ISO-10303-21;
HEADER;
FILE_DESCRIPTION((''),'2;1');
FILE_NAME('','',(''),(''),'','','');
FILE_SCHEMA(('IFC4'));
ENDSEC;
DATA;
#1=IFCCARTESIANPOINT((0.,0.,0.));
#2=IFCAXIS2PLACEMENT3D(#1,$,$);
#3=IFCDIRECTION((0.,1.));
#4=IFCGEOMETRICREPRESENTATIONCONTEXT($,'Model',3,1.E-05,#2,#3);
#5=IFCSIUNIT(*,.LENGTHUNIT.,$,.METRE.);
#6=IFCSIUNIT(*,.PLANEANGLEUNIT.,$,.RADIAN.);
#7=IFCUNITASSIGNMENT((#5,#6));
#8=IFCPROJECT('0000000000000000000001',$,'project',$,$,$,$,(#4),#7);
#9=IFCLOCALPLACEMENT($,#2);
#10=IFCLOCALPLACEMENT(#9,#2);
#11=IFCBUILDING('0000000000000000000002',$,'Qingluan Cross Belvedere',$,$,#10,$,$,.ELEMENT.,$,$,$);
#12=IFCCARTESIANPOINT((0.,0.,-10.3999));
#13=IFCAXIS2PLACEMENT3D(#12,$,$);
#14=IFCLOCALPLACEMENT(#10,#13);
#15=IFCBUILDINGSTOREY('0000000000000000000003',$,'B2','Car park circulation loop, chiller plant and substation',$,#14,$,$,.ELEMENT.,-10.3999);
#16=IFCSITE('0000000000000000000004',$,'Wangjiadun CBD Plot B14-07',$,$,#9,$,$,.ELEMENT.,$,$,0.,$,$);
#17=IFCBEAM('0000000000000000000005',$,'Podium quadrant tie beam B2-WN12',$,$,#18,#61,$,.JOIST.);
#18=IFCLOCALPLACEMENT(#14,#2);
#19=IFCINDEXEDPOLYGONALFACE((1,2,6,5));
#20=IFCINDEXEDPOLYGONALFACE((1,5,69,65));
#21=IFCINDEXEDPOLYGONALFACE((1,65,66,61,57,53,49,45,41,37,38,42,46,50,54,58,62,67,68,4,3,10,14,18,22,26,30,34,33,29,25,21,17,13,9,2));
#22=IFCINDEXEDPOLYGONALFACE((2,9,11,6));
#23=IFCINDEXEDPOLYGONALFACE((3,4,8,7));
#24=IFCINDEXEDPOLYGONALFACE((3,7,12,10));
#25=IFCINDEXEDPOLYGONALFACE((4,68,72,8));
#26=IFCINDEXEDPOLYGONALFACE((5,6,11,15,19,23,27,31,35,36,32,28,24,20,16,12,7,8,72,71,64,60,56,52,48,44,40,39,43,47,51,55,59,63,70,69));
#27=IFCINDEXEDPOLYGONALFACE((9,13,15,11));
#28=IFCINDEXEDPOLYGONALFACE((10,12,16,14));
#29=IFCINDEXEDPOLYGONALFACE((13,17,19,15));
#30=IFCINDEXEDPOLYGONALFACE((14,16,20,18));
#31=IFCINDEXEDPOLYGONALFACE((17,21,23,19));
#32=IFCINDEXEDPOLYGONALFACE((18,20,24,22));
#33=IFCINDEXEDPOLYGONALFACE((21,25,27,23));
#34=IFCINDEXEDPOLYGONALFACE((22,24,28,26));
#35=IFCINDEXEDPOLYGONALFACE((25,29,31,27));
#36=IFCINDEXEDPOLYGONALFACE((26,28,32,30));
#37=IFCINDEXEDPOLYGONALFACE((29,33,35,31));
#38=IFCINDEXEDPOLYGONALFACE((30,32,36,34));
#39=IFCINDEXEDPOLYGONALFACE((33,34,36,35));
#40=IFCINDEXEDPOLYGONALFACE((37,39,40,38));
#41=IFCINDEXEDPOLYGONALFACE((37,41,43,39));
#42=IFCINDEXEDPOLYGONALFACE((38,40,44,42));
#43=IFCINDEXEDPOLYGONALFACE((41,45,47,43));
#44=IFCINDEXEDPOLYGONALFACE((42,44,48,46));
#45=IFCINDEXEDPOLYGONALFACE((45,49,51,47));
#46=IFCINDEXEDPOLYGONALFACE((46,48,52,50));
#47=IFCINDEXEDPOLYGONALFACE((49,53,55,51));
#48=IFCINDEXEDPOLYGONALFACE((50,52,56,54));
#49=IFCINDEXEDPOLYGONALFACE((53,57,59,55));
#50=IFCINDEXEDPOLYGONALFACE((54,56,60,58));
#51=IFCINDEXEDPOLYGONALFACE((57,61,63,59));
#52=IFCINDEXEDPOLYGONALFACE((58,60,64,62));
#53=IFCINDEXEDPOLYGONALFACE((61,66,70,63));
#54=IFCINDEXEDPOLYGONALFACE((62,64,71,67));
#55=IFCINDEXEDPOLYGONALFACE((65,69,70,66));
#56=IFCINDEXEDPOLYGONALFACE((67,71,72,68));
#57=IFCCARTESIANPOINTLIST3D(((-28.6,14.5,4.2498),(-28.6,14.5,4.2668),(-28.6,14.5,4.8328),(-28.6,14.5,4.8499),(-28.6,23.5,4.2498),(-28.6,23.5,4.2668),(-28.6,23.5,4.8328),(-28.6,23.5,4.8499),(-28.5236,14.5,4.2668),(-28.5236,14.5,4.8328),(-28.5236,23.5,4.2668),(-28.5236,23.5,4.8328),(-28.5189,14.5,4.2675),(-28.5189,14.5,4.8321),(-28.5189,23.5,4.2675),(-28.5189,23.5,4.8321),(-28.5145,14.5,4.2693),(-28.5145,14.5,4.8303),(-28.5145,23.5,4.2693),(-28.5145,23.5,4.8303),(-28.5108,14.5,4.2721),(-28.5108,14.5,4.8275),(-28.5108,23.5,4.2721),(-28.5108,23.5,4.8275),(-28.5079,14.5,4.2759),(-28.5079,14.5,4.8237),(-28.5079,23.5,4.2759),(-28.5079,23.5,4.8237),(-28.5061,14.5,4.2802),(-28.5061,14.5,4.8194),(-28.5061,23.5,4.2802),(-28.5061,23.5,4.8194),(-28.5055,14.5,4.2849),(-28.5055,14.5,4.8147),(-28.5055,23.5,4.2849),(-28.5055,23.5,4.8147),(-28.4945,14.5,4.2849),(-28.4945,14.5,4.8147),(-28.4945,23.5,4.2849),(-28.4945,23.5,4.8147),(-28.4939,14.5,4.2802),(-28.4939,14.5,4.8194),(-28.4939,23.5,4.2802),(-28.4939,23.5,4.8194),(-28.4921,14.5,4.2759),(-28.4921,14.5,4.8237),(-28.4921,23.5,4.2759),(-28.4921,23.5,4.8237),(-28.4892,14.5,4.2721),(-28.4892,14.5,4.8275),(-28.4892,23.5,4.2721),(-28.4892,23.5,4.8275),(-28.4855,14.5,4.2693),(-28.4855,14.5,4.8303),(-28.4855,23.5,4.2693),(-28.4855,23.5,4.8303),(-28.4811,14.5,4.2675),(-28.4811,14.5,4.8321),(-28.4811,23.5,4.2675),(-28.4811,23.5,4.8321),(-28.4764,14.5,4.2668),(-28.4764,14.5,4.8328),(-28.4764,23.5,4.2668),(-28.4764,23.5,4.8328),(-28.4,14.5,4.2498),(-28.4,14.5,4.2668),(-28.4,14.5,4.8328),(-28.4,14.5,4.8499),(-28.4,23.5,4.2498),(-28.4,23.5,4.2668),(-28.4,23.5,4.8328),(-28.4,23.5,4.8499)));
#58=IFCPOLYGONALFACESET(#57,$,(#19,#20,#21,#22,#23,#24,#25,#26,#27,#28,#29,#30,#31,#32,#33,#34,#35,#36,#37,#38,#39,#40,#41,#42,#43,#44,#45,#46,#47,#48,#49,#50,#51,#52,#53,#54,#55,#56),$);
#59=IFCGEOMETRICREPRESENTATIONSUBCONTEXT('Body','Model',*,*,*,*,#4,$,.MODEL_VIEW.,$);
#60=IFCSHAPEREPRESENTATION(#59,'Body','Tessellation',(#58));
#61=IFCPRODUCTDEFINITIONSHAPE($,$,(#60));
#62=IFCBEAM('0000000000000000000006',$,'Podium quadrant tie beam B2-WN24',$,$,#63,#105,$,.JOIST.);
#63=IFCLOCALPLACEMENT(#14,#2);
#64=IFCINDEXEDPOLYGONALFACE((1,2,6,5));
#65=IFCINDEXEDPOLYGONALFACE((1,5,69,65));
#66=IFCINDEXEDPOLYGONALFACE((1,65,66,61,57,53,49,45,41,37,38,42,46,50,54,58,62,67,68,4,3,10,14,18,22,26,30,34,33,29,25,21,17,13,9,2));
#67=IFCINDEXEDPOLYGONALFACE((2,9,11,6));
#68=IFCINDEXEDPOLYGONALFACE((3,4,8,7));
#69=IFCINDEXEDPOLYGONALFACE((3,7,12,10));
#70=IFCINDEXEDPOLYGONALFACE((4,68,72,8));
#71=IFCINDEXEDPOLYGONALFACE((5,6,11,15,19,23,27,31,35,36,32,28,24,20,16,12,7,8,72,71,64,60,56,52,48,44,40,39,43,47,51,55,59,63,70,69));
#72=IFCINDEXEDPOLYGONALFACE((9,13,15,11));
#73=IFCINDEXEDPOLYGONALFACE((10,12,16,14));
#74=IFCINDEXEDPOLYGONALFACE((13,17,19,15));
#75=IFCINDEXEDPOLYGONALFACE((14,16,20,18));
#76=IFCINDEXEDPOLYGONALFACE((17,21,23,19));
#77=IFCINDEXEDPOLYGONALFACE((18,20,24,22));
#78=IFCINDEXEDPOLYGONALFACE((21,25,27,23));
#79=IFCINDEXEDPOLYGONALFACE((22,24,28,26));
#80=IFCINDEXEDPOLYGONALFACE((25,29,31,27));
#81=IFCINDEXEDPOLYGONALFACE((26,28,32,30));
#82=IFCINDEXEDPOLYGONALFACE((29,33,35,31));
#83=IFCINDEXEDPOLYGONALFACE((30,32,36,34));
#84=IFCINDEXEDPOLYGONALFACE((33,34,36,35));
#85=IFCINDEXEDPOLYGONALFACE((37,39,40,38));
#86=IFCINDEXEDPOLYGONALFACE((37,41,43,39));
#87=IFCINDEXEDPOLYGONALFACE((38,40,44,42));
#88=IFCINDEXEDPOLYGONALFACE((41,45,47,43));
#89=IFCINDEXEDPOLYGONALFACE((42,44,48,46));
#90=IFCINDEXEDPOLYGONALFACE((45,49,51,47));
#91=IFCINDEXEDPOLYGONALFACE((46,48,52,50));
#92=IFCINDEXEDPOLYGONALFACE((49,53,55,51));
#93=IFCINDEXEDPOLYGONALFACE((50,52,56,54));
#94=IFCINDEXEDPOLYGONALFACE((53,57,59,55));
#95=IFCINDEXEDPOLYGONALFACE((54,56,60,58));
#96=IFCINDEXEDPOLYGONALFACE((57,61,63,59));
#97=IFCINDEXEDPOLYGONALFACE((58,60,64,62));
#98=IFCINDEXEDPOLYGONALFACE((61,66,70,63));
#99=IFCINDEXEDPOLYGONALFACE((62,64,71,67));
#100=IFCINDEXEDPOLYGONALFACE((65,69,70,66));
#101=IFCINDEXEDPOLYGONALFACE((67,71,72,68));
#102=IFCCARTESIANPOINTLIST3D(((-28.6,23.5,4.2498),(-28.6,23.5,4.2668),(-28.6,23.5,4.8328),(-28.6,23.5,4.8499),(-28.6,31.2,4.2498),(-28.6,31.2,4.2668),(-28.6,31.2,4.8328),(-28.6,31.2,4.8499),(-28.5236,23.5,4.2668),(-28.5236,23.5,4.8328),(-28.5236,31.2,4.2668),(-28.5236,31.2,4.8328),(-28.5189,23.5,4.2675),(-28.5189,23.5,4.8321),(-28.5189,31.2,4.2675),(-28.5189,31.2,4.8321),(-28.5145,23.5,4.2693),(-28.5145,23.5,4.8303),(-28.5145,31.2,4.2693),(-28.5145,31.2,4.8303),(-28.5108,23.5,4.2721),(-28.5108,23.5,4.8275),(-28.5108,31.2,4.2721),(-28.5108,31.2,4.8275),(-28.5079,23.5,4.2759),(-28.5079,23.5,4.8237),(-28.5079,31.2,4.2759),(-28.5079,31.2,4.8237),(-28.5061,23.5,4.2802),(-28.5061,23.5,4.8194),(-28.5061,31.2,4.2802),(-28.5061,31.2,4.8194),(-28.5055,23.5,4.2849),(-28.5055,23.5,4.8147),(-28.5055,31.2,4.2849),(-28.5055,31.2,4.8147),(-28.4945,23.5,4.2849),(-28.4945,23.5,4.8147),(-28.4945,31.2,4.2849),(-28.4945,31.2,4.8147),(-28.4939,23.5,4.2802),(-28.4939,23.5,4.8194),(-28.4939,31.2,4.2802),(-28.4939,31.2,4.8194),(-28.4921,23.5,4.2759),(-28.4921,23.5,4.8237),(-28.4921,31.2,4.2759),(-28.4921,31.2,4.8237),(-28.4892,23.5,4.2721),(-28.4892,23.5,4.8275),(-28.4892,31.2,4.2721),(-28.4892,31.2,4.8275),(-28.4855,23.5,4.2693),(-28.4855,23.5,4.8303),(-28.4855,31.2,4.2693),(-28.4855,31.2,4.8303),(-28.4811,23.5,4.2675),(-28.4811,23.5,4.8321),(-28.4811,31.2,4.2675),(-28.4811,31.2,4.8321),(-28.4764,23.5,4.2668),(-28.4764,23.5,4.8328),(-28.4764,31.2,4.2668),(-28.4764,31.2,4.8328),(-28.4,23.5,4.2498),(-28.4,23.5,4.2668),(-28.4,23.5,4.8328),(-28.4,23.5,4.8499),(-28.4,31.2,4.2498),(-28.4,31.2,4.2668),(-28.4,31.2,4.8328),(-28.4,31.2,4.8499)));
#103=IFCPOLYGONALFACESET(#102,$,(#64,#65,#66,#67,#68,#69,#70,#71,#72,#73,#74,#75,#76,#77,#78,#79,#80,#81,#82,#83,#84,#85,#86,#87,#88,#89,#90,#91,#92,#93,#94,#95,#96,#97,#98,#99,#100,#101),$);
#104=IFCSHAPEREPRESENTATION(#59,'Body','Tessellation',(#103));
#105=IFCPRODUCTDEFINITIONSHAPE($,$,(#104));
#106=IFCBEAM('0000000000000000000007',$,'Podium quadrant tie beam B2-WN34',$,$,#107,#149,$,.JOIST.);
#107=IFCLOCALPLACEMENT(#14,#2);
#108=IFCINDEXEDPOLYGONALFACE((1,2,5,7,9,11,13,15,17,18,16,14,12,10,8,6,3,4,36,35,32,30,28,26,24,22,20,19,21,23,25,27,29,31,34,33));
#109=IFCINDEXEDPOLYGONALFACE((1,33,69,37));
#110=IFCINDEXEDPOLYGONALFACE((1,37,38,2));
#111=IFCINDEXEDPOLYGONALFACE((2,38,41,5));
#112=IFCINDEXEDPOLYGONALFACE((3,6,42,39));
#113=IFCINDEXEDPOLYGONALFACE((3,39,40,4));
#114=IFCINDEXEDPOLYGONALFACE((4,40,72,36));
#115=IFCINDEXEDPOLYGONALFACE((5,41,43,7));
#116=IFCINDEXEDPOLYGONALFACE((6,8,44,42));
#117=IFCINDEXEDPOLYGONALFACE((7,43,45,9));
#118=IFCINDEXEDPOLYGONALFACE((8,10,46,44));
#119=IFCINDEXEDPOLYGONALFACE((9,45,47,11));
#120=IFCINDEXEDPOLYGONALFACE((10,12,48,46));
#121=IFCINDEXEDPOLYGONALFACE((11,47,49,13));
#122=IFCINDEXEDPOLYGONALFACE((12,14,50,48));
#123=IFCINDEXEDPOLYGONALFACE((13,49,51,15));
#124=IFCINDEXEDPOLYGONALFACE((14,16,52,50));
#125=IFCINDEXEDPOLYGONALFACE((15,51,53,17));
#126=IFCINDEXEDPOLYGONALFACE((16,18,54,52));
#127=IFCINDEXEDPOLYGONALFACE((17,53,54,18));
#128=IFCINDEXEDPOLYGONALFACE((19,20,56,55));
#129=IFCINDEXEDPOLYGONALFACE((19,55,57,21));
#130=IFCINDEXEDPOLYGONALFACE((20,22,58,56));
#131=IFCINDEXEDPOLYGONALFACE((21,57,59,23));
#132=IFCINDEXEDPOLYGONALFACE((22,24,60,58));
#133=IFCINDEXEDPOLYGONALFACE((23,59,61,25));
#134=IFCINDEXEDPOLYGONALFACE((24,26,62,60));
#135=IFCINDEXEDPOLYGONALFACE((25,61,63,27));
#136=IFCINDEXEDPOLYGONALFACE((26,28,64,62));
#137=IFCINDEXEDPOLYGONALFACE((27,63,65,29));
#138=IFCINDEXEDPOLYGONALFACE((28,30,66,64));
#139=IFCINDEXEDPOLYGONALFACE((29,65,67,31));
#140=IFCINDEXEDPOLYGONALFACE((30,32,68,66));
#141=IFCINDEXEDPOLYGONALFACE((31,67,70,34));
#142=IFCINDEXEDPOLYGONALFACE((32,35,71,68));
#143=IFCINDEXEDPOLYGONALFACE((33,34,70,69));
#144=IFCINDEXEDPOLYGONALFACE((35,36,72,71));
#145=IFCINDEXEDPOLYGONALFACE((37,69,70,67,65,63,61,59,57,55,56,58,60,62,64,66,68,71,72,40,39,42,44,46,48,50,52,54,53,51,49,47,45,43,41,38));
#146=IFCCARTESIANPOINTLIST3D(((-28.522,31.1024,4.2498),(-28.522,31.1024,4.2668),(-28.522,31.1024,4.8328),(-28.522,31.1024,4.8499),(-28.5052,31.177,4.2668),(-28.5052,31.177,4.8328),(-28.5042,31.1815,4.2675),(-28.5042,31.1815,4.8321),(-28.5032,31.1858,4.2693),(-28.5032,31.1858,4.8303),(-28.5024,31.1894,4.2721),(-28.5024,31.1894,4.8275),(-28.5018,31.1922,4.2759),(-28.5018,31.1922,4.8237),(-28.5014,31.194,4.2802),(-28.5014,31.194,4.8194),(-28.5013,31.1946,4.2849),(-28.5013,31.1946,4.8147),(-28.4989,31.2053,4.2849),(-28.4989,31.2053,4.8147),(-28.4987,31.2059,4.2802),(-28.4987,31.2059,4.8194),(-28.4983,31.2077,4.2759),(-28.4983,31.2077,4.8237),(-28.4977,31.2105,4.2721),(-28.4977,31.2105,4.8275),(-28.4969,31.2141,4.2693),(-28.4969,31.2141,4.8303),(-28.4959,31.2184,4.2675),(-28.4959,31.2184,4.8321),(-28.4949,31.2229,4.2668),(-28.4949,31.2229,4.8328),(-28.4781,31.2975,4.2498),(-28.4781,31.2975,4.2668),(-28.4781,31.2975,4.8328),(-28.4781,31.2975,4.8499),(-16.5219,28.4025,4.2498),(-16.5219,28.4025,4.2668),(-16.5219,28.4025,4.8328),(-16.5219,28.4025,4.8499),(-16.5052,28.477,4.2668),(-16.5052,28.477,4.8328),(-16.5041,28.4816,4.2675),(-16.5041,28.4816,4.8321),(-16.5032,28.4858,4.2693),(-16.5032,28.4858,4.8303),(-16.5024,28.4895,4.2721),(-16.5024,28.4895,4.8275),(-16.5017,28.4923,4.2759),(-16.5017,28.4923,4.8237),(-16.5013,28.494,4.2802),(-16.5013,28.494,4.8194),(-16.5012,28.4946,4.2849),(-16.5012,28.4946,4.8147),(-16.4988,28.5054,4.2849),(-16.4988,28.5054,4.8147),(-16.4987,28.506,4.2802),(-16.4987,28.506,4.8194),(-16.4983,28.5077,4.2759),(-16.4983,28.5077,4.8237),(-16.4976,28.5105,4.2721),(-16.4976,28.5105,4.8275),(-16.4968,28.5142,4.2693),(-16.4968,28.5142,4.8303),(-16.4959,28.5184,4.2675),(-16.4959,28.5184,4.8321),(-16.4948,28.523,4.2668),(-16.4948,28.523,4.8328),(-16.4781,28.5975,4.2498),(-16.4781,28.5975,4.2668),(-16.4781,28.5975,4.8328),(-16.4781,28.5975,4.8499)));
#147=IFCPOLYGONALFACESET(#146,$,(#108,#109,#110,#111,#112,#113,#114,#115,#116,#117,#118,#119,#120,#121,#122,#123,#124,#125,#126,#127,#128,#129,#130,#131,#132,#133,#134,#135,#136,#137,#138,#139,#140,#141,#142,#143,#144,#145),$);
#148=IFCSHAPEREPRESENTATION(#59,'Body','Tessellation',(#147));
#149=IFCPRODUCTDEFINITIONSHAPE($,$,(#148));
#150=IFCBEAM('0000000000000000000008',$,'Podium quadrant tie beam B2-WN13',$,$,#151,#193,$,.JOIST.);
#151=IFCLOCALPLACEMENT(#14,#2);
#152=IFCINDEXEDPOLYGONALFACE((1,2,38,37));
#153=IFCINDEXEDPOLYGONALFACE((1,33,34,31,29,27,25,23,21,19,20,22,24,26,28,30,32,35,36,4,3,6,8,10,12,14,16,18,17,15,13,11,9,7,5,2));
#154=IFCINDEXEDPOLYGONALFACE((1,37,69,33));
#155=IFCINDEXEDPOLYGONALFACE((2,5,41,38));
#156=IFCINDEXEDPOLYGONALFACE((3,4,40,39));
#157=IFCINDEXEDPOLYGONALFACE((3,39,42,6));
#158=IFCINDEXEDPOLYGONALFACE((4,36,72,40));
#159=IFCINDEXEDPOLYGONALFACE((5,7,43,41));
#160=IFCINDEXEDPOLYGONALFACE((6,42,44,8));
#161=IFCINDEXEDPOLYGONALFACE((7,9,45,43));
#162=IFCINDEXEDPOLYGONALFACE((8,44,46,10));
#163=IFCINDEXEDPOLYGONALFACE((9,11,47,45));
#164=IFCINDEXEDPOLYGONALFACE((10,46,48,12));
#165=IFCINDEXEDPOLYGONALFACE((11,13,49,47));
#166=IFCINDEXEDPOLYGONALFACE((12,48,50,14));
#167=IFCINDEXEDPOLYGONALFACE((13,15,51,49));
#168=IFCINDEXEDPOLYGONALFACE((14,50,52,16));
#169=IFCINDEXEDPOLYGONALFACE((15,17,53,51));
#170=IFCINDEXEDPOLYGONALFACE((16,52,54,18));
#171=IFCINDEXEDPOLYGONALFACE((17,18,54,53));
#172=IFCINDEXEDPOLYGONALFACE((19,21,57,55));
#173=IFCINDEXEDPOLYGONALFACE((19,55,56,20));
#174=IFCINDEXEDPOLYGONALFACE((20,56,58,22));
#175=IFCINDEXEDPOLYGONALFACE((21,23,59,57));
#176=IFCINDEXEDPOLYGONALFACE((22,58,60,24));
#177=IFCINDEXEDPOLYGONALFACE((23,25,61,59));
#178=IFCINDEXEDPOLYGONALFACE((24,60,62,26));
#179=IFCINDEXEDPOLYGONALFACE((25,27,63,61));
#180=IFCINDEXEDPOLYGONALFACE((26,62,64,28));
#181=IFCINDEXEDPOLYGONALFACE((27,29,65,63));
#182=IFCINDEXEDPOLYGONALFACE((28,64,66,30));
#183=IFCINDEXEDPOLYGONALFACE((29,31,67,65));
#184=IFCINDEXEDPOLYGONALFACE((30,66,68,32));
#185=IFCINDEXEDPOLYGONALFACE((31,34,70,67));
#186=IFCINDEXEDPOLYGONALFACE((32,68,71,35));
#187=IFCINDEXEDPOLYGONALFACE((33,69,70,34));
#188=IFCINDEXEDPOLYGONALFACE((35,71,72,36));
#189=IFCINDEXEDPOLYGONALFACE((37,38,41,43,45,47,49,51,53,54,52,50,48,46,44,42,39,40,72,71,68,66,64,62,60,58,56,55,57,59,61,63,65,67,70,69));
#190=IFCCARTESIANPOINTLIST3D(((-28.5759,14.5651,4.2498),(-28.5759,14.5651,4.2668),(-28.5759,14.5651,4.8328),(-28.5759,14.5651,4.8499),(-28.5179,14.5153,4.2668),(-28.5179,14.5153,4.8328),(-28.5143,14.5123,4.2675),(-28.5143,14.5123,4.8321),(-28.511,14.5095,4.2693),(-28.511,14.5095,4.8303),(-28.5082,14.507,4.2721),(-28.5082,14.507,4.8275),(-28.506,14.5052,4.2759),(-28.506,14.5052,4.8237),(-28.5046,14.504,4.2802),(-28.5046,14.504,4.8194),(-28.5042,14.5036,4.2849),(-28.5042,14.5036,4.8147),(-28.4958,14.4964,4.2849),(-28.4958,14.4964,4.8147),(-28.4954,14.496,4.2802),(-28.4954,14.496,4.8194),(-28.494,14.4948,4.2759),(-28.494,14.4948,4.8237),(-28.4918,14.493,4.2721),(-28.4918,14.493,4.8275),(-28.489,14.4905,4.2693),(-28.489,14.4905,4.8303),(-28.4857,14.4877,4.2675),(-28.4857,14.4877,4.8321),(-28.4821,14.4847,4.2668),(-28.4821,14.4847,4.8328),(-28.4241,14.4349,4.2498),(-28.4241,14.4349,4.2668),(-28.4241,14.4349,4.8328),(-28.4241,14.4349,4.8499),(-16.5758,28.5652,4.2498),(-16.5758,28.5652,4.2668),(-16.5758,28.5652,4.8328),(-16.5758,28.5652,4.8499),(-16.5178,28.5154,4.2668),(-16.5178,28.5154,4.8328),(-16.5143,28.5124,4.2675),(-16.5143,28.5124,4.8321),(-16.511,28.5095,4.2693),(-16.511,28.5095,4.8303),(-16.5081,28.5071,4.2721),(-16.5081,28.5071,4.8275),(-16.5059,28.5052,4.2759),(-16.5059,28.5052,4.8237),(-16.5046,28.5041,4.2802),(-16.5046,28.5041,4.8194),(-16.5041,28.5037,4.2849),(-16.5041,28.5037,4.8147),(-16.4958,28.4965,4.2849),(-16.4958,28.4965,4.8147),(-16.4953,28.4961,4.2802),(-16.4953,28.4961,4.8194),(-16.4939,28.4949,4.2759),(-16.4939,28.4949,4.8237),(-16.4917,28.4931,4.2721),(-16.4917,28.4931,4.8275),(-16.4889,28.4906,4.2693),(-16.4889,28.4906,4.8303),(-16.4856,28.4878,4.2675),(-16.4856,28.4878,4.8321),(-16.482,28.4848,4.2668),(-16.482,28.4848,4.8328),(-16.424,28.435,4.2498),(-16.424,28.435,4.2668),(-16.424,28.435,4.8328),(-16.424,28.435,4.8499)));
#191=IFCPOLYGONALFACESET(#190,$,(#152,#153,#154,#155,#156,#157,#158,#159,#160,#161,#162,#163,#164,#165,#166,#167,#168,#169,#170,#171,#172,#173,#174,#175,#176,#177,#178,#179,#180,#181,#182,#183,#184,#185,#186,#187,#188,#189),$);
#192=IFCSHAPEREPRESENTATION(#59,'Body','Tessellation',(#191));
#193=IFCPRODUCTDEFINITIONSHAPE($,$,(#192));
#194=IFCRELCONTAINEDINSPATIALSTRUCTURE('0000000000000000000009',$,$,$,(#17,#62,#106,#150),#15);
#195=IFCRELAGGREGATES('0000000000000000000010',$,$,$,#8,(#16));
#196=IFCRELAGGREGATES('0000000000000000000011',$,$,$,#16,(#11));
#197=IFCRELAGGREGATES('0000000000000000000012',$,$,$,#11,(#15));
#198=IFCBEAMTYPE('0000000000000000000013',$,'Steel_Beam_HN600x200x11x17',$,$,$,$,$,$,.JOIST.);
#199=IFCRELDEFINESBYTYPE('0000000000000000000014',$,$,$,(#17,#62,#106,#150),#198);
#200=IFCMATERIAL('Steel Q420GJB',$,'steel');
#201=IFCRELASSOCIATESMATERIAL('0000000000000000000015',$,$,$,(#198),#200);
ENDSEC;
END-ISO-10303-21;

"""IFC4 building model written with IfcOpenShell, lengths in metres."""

from ifc_helpers import new_model, si_unit, direction, frame, origin, origin_2d, place, context, subcontext, project, spatial, i_section, extrude, material, material_profile, profile_set, type_object, element, save


model = new_model("IFC4")

# Units and contexts
model_context = context("Model", 3, precision=1e-05, world=origin(), true_north=direction((0.0, 1.0)))
body_context = subcontext(model_context, "Body", "Model", "MODEL_VIEW")
ifc_project = project(units=[si_unit("LENGTHUNIT", "METRE"), si_unit("PLANEANGLEUNIT", "RADIAN")], contexts=[model_context])

# Site, building, storey
site_placement = place(None, origin())
site = spatial("IfcSite", under=ifc_project, at=site_placement, Name="Wangjiadun CBD Plot B14-07", CompositionType="ELEMENT", RefElevation=0.0)
building_placement = place(site_placement, origin())
building = spatial("IfcBuilding", under=site, at=building_placement, Name="Qingluan Cross Belvedere", CompositionType="ELEMENT")
storey_placement = place(building_placement, frame((0.0, 0.0, -10.3999)))
storey = spatial("IfcBuildingStorey", under=building, at=storey_placement, Name="B2", Description="Car park circulation loop, chiller plant and substation", CompositionType="ELEMENT", Elevation=-10.3999)

# Beams
ifc_material_1 = material(Name="Steel Q420GJB", Category="steel")
ifc_material_profile_1 = material_profile(ifc_material_1, i_section(OverallWidth=0.2, OverallDepth=0.6001, WebThickness=0.011, FlangeThickness=0.0171, FilletRadius=0.0181, at=origin_2d()), Name="HN600x200x11x17")
ifc_profile_set_1 = profile_set([ifc_material_profile_1], Name="Steel Q420GJB")
beam_type = type_object("IfcBeamType", Name="Steel_Beam_HN600x200x11x17", PredefinedType="JOIST", material=ifc_profile_set_1)
beam_1_placement = place(storey_placement, frame((-28.5, 14.5, 4.5498), z_axis=(0.0, 1.0, 0.0), x_axis=(-1.0, 0.0, 0.0)))
element("IfcBeam", 1, at=beam_1_placement, inside=storey, type_object=beam_type, Name="Podium quadrant tie beam B2-WN12", PredefinedType="JOIST", context=body_context, shape_type="SweptSolid", body=[
    extrude(i_section(OverallWidth=0.2, OverallDepth=0.6001, WebThickness=0.011, FlangeThickness=0.0171, FilletRadius=0.0181, at=origin_2d()), origin(), (0.0, 0.0, 1.0), 9.0),
])
beam_2_placement = place(storey_placement, frame((-28.5, 23.5, 4.5498), z_axis=(0.0, 1.0, 0.0), x_axis=(-1.0, 0.0, 0.0)))
element("IfcBeam", 2, at=beam_2_placement, inside=storey, type_object=beam_type, Name="Podium quadrant tie beam B2-WN24", PredefinedType="JOIST", context=body_context, shape_type="SweptSolid", body=[
    extrude(i_section(OverallWidth=0.2, OverallDepth=0.6001, WebThickness=0.011, FlangeThickness=0.0171, FilletRadius=0.0181, at=origin_2d()), origin(), (0.0, 0.0, 1.0), 7.7),
])
beam_3_placement = place(storey_placement, frame((-16.5, 28.5, 4.5498), z_axis=(-0.975611, 0.219508, 0.0), x_axis=(-0.219508, -0.975611, 0.0)))
element("IfcBeam", 3, at=beam_3_placement, inside=storey, type_object=beam_type, Name="Podium quadrant tie beam B2-WN34", PredefinedType="JOIST", context=body_context, shape_type="SweptSolid", body=[
    extrude(i_section(OverallWidth=0.2, OverallDepth=0.6001, WebThickness=0.011, FlangeThickness=0.0171, FilletRadius=0.0181, at=origin_2d()), origin(), (0.0, 0.0, 1.0), 12.3),
])
beam_4_placement = place(storey_placement, frame((-28.5, 14.5, 4.5498), z_axis=(0.650791, 0.759257, 0.0), x_axis=(-0.759257, 0.650791, 0.0)))
element("IfcBeam", 4, at=beam_4_placement, inside=storey, type_object=beam_type, Name="Podium quadrant tie beam B2-WN13", PredefinedType="JOIST", context=body_context, shape_type="SweptSolid", body=[
    extrude(i_section(OverallWidth=0.2, OverallDepth=0.6001, WebThickness=0.011, FlangeThickness=0.0171, FilletRadius=0.0181, at=origin_2d()), origin(), (0.0, 0.0, 1.0), 18.4392),
])

save(model, "model.ifc")
